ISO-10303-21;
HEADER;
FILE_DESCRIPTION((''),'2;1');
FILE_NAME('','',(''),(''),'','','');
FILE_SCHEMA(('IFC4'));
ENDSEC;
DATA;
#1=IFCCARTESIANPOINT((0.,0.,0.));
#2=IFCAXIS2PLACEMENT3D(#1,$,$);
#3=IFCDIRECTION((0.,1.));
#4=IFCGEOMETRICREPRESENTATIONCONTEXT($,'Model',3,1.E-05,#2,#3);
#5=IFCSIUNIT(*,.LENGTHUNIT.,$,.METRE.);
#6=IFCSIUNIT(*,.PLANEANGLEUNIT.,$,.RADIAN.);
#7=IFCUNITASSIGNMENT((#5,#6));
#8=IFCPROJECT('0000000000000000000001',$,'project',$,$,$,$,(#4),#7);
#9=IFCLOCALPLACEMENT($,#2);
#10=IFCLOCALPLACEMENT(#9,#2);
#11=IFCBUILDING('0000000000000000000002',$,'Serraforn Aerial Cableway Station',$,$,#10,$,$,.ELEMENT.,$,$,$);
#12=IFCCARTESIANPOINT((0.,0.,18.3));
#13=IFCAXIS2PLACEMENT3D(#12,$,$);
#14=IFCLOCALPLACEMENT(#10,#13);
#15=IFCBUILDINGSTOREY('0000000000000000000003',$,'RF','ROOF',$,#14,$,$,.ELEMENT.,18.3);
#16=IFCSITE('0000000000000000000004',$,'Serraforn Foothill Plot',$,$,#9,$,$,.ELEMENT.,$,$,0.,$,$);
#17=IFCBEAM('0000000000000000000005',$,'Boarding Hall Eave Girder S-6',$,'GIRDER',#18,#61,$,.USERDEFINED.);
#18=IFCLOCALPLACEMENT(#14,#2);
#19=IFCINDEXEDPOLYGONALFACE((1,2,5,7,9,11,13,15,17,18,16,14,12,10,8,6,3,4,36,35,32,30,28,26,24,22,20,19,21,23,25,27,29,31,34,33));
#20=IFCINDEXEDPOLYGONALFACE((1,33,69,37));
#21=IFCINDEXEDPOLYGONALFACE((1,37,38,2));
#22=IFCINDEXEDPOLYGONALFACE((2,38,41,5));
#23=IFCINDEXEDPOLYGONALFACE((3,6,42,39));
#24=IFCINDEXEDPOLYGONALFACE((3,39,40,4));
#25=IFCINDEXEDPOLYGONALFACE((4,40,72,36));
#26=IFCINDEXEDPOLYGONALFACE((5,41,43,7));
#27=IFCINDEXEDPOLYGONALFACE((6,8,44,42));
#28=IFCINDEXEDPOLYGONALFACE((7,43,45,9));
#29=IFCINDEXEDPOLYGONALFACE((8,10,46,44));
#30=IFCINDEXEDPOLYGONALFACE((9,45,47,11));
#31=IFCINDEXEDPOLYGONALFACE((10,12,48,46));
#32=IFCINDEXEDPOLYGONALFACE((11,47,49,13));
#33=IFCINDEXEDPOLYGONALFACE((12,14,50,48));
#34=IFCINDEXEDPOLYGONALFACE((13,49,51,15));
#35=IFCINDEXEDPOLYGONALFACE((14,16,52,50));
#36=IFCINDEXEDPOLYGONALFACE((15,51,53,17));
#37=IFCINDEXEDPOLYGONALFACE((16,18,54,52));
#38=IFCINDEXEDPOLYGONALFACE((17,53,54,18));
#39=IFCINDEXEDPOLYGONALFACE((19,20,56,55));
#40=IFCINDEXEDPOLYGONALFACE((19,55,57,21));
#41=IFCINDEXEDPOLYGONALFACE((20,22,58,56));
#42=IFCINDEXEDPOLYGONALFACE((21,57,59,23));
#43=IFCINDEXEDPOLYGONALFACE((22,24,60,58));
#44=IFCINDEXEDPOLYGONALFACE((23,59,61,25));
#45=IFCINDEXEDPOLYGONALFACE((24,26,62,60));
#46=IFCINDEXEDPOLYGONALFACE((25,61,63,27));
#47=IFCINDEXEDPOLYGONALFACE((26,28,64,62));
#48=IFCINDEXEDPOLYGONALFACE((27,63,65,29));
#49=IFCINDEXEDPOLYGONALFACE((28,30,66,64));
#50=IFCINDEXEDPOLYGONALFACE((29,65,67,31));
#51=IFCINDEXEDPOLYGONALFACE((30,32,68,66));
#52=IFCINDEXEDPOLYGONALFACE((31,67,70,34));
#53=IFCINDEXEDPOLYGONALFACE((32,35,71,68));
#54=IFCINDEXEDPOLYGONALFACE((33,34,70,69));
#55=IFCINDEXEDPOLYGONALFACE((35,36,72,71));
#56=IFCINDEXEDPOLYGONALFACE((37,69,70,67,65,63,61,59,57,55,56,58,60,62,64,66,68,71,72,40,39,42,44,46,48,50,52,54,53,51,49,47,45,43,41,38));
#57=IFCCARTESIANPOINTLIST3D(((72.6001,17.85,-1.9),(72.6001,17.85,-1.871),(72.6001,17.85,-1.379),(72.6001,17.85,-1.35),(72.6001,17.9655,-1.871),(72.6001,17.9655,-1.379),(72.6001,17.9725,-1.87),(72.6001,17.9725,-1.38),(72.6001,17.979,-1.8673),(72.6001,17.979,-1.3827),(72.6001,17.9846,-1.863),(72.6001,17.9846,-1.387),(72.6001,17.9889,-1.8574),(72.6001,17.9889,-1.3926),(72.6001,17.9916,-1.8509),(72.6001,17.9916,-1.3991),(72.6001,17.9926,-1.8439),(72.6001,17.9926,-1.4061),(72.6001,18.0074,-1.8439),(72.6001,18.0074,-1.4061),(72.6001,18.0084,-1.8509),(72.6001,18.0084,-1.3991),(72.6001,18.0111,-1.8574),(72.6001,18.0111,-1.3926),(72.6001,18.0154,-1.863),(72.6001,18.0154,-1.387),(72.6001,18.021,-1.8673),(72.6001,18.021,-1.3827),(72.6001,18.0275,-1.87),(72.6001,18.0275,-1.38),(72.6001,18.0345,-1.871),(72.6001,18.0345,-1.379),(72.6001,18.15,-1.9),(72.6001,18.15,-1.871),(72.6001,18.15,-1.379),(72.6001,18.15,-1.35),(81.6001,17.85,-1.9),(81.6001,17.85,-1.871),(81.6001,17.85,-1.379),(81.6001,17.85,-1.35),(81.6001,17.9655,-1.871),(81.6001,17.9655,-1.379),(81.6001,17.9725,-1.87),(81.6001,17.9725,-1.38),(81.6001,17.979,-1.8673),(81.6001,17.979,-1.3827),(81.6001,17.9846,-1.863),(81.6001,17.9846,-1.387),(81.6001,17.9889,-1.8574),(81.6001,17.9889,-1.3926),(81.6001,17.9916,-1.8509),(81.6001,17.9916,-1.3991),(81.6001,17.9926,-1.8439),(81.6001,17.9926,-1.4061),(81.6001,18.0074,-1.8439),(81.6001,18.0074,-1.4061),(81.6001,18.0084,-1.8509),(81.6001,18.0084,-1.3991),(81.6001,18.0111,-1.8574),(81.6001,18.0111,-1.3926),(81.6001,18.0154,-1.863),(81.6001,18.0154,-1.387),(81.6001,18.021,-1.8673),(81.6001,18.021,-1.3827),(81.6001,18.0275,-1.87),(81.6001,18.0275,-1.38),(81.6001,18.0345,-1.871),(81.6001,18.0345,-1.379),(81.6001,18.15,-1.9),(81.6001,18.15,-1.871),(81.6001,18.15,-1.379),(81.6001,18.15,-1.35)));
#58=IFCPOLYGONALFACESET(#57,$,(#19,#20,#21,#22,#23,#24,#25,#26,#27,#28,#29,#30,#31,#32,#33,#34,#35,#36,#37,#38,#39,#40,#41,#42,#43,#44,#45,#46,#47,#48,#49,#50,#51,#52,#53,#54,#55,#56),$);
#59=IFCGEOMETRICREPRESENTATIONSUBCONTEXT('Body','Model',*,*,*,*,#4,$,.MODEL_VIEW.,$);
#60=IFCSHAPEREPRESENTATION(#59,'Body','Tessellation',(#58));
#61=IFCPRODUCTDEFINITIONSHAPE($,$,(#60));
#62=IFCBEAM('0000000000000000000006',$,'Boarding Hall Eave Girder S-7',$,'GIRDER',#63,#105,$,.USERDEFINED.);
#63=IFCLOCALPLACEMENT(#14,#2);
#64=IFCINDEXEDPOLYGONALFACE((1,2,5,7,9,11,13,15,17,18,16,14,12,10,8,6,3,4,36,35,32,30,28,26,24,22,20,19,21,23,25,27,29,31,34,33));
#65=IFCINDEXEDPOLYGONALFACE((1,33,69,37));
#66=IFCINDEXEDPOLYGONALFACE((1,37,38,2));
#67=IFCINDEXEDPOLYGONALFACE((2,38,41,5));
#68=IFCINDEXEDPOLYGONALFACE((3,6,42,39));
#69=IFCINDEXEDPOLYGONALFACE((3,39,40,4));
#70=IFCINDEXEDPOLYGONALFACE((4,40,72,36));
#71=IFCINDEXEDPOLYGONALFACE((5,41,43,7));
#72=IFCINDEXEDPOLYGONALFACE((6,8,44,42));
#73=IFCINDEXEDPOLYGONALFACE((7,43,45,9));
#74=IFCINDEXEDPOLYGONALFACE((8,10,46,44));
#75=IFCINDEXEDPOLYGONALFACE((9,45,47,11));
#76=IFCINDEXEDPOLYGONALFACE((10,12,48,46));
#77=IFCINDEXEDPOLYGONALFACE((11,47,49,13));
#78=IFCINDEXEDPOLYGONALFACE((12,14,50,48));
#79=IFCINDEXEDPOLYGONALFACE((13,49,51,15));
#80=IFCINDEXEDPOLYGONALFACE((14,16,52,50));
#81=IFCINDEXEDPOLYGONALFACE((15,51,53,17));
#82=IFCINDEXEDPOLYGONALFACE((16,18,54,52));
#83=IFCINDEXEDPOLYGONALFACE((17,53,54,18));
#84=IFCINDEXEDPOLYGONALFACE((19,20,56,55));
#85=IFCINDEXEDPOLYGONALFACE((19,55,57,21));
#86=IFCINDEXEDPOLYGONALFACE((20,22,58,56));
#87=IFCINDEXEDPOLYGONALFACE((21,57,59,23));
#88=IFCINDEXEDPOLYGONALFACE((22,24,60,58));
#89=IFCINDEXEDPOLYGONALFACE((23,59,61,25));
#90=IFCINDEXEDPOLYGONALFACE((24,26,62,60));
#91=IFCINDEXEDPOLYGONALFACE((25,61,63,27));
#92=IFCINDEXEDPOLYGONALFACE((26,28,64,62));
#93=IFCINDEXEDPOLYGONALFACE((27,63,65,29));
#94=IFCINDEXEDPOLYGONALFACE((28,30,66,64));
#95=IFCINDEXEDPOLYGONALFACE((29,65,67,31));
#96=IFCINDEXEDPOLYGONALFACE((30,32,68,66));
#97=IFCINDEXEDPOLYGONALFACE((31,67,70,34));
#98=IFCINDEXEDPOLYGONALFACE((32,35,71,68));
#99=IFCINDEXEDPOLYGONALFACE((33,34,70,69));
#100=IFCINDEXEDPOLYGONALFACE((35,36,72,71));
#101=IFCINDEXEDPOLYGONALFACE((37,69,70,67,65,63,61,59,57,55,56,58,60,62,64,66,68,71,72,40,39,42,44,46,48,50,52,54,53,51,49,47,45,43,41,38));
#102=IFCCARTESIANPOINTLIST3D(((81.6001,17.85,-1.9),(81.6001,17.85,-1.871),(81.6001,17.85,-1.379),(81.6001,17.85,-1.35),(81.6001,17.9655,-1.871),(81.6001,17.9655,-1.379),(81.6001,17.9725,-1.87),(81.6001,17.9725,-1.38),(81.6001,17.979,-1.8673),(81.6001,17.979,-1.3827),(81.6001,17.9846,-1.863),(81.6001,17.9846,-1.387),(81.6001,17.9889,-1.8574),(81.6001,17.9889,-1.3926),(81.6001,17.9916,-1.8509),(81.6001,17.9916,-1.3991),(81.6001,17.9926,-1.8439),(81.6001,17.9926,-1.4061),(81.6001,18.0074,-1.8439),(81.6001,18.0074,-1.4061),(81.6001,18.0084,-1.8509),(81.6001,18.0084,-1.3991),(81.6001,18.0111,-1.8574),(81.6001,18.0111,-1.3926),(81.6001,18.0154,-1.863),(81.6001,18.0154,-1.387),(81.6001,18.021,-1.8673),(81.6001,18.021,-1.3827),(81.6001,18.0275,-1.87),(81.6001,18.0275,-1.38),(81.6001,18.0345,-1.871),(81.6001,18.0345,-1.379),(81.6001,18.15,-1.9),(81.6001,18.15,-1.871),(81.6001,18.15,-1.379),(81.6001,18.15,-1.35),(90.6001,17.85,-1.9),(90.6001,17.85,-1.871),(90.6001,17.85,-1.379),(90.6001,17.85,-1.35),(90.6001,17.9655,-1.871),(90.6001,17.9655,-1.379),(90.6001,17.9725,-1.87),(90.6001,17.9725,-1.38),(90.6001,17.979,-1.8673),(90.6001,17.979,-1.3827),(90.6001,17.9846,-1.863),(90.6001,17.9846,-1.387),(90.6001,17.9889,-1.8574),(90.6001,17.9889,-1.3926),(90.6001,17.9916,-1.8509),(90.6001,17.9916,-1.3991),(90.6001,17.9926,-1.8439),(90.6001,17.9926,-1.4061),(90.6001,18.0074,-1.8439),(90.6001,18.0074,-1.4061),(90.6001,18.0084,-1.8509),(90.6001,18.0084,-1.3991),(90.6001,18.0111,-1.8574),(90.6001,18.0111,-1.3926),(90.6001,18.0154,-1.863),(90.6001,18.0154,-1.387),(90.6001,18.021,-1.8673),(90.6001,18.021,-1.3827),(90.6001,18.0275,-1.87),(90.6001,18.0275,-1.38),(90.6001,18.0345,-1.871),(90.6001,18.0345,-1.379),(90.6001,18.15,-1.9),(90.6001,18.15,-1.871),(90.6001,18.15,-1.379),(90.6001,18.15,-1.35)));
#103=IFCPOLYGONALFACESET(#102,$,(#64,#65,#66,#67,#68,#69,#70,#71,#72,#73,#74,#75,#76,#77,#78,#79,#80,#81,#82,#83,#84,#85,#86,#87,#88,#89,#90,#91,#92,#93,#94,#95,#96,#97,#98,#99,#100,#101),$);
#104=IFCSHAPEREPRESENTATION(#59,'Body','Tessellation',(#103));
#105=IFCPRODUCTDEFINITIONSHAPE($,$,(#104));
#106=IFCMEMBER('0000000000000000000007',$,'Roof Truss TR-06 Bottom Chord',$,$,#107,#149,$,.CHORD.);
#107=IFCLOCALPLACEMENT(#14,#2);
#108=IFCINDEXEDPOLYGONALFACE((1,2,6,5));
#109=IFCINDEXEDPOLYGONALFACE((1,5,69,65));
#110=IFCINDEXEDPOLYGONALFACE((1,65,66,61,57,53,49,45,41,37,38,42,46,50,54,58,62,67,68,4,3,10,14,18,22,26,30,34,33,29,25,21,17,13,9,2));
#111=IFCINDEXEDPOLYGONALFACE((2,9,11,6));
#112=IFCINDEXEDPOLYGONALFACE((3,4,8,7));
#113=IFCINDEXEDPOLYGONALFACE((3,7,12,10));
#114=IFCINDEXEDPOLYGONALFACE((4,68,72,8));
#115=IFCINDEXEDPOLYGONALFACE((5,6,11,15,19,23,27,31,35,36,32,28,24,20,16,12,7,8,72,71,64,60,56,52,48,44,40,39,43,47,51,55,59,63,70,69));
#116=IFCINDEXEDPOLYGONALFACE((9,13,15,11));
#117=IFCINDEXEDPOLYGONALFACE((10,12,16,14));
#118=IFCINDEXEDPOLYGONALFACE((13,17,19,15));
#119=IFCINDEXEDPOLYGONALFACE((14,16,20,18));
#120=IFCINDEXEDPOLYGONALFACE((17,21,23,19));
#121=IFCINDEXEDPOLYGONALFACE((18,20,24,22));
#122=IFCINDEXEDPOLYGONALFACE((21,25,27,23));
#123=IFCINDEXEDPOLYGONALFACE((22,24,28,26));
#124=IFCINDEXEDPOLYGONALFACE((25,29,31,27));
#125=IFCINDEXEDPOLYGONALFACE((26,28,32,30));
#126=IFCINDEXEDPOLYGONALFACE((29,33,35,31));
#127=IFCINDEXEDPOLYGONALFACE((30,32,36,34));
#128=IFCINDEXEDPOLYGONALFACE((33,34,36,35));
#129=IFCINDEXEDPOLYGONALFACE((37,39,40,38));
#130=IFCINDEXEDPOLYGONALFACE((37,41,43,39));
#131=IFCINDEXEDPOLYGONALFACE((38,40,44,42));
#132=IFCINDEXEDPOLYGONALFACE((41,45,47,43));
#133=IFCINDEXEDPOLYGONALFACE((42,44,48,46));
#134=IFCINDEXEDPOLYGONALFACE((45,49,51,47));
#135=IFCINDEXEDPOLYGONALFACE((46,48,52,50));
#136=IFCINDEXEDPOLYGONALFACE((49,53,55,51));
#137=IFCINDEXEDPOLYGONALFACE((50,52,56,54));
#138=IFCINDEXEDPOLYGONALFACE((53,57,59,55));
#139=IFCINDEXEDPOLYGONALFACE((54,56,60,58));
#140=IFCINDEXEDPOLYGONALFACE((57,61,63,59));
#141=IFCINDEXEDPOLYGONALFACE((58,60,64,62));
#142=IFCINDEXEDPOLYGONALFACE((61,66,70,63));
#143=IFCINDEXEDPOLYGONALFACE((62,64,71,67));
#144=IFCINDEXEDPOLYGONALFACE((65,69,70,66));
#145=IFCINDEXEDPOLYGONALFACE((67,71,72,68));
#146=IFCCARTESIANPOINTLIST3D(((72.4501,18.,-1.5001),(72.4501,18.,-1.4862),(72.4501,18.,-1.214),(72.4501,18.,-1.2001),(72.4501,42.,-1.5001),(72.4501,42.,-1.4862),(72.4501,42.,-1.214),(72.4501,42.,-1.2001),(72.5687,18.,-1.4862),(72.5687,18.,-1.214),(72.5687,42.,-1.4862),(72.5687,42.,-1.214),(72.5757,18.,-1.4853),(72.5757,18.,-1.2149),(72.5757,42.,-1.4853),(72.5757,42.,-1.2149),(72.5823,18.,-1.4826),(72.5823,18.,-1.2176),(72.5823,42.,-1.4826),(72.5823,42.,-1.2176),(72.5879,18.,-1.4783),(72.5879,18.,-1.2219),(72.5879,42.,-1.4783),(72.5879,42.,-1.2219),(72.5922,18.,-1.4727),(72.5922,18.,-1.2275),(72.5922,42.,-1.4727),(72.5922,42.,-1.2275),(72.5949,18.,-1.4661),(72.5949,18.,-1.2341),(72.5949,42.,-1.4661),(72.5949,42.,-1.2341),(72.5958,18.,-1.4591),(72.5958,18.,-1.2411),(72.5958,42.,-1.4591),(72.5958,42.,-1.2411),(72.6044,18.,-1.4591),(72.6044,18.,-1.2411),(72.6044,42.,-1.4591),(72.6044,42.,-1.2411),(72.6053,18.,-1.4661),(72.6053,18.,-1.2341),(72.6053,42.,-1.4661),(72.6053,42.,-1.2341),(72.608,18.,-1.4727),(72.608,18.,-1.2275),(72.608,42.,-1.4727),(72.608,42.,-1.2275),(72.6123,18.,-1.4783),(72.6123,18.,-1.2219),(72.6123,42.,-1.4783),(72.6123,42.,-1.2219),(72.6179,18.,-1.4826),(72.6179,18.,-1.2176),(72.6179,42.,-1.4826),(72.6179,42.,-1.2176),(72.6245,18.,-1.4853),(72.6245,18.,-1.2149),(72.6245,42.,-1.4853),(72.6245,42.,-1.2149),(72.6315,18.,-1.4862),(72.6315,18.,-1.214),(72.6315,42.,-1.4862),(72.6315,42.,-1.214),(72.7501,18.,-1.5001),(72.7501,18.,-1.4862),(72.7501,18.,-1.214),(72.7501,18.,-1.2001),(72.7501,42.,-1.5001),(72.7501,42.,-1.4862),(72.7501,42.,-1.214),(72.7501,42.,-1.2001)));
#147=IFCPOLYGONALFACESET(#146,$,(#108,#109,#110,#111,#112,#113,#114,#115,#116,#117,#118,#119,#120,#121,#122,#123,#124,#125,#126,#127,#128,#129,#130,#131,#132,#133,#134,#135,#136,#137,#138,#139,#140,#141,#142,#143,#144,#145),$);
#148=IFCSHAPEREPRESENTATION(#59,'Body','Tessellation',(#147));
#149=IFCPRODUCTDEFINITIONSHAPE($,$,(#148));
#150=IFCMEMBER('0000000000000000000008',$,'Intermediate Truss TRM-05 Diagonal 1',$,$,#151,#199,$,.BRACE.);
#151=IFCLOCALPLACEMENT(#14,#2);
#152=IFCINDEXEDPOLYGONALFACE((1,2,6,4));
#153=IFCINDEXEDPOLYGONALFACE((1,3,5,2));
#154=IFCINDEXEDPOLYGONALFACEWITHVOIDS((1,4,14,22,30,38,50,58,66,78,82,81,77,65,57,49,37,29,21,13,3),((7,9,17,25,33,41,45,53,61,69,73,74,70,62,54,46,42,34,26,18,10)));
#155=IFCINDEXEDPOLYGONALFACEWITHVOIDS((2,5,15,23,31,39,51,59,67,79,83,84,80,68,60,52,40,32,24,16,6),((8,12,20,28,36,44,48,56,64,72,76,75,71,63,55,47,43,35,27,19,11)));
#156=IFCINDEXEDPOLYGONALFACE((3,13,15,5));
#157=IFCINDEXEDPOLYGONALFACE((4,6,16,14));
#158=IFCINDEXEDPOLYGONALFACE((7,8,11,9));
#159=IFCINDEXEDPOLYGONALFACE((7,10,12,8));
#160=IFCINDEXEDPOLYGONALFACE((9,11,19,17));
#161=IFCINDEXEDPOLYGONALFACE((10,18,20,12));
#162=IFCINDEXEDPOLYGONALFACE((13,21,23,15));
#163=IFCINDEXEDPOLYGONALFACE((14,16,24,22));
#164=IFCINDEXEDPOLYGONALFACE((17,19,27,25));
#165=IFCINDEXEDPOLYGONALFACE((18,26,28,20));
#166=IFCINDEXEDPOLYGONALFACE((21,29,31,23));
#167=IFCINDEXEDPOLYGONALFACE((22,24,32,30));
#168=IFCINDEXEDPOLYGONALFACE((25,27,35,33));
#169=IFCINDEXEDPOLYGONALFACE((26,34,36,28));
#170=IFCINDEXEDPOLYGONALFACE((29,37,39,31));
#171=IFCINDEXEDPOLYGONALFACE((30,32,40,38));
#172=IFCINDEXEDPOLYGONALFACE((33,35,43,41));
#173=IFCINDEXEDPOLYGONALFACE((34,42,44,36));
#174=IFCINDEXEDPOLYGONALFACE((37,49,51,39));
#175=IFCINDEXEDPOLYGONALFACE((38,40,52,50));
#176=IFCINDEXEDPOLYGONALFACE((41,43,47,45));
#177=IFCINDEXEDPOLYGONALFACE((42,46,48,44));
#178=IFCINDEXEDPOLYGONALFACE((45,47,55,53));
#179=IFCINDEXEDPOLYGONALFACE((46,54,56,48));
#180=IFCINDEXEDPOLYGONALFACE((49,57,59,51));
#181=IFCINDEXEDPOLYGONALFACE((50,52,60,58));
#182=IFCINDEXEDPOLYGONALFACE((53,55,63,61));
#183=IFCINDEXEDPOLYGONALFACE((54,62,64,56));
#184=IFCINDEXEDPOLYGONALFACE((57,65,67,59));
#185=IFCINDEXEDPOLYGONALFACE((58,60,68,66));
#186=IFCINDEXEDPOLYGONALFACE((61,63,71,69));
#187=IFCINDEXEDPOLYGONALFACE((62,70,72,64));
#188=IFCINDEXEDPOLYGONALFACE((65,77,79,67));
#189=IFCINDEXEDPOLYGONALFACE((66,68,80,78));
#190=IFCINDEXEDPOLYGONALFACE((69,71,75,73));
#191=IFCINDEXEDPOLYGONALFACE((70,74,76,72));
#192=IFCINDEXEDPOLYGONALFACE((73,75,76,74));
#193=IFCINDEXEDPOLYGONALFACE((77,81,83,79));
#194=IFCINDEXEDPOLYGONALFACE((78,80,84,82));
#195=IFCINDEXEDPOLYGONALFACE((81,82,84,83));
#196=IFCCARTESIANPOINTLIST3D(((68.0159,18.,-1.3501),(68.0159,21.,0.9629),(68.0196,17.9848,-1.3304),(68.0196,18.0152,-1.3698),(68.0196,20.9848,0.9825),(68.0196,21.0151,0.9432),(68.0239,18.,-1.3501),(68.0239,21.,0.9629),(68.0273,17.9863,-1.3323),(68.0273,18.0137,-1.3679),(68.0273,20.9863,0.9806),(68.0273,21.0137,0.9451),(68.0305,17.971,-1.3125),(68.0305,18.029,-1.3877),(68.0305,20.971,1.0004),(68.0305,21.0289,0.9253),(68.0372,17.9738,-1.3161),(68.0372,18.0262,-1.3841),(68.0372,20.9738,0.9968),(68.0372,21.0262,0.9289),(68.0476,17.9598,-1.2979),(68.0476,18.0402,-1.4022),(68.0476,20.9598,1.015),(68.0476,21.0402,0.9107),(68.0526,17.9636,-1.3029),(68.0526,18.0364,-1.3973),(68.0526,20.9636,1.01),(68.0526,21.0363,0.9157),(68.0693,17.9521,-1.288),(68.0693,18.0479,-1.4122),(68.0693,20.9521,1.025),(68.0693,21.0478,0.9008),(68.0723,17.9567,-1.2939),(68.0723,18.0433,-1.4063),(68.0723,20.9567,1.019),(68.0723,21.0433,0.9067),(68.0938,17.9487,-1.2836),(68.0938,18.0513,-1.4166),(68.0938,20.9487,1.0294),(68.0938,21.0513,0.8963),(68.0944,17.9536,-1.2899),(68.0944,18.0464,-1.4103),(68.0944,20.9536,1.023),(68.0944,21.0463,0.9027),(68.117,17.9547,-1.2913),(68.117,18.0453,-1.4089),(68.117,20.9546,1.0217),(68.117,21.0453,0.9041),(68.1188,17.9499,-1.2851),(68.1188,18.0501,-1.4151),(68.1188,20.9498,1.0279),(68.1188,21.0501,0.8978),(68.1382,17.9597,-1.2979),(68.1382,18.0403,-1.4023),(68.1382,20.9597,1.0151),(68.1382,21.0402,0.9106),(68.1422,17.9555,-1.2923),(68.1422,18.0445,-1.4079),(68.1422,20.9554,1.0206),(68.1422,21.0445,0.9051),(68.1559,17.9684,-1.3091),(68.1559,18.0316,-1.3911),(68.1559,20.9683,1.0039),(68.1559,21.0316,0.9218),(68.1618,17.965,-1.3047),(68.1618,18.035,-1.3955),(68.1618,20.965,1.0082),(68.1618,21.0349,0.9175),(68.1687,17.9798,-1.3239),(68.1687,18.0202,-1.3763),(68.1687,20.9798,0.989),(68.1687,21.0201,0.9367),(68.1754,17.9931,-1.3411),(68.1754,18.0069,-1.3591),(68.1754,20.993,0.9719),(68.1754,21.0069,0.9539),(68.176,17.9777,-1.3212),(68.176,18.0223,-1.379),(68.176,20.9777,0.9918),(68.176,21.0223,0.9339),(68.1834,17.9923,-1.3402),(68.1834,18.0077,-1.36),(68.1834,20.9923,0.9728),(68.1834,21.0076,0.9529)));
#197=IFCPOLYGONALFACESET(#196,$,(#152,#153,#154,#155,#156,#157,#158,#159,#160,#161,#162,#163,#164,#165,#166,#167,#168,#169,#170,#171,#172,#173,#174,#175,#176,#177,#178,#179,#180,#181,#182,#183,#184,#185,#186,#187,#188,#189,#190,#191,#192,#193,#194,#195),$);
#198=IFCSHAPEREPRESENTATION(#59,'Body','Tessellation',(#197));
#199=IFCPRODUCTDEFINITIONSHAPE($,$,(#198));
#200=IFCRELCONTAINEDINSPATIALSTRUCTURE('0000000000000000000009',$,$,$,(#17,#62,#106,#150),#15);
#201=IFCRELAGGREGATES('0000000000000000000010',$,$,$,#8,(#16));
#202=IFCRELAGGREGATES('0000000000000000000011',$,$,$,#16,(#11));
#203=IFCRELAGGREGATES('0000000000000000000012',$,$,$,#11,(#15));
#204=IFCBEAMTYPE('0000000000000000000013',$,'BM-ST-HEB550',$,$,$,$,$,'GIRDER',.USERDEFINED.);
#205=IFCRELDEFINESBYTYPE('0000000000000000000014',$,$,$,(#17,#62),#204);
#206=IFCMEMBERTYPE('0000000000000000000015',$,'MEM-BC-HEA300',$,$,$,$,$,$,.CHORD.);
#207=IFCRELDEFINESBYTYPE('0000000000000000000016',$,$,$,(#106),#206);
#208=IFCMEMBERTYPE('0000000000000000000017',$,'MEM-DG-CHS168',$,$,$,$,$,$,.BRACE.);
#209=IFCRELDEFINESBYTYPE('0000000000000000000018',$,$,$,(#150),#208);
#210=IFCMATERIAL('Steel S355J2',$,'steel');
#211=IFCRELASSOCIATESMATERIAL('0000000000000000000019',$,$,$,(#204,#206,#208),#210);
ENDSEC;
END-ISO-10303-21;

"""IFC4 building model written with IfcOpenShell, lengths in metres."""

from ifc_helpers import new_model, si_unit, direction, frame, origin, origin_2d, place, context, subcontext, project, spatial, hollow_circle, i_section, extrude, material, material_profile, profile_set, type_object, element, save


model = new_model("IFC4")

# Units and contexts
model_context = context("Model", 3, precision=1e-05, world=origin(), true_north=direction((0.0, 1.0)))
body_context = subcontext(model_context, "Body", "Model", "MODEL_VIEW")
ifc_project = project(units=[si_unit("LENGTHUNIT", "METRE"), si_unit("PLANEANGLEUNIT", "RADIAN")], contexts=[model_context])

# Site, building, storey
site_placement = place(None, origin())
site = spatial("IfcSite", under=ifc_project, at=site_placement, Name="Serraforn Foothill Plot", CompositionType="ELEMENT", RefElevation=0.0)
building_placement = place(site_placement, origin())
building = spatial("IfcBuilding", under=site, at=building_placement, Name="Serraforn Aerial Cableway Station", CompositionType="ELEMENT")
storey_placement = place(building_placement, frame((0.0, 0.0, 18.3)))
storey = spatial("IfcBuildingStorey", under=building, at=storey_placement, Name="RF", Description="ROOF", CompositionType="ELEMENT", Elevation=18.3)

# Beams
ifc_material_1 = material(Name="Steel S355J2", Category="steel")
ifc_material_profile_1 = material_profile(ifc_material_1, i_section(OverallWidth=0.3, OverallDepth=0.55, WebThickness=0.0149, FlangeThickness=0.0291, FilletRadius=0.0271, at=origin_2d()), Name="HEB 550")
ifc_profile_set_1 = profile_set([ifc_material_profile_1], Name="Steel S355J2")
beam_type = type_object("IfcBeamType", Name="BM-ST-HEB550", ElementType="GIRDER", PredefinedType="USERDEFINED", material=ifc_profile_set_1)
for number, where, z_axis, x_axis, name in (
    (1, (72.6001, 18.0, -1.625), (1.0, 0.0, 0.0), (0.0, 1.0, 0.0), "Boarding Hall Eave Girder S-6"),
    (2, (81.6001, 18.0, -1.625), (1.0, 0.0, 0.0), (0.0, 1.0, 0.0), "Boarding Hall Eave Girder S-7"),
):
    element("IfcBeam", number, at=place(storey_placement, frame(where, z_axis=z_axis, x_axis=x_axis)), inside=storey, type_object=beam_type, Name=name, ObjectType="GIRDER", PredefinedType="USERDEFINED", context=body_context, shape_type="SweptSolid", body=[
        extrude(i_section(OverallWidth=0.3, OverallDepth=0.55, WebThickness=0.0149, FlangeThickness=0.0291, FilletRadius=0.0271, at=origin_2d()), origin(), (0.0, 0.0, 1.0), 9.0),
    ])

# Members
ifc_material_profile_2 = material_profile(ifc_material_1, i_section(OverallWidth=0.3, OverallDepth=0.3, WebThickness=0.0085, FlangeThickness=0.0139, FilletRadius=0.0271, at=origin_2d()), Name="HEA 300")
ifc_profile_set_2 = profile_set([ifc_material_profile_2], Name="Steel S355J2")
member_type_1 = type_object("IfcMemberType", Name="MEM-BC-HEA300", PredefinedType="CHORD", material=ifc_profile_set_2)
member_1_placement = place(storey_placement, frame((72.6001, 18.0, -1.3501), z_axis=(0.0, 1.0, 0.0), x_axis=(-1.0, 0.0, 0.0)))
element("IfcMember", 3, at=member_1_placement, inside=storey, type_object=member_type_1, Name="Roof Truss TR-06 Bottom Chord", PredefinedType="CHORD", context=body_context, shape_type="SweptSolid", body=[
    extrude(i_section(OverallWidth=0.3, OverallDepth=0.3, WebThickness=0.0085, FlangeThickness=0.0139, FilletRadius=0.0271, at=origin_2d()), origin(), (0.0, 0.0, 1.0), 24.0),
])
ifc_material_profile_3 = material_profile(ifc_material_1, hollow_circle(Radius=0.0842, WallThickness=0.0081, at=origin_2d()), Name="CHS 168.3x8.0")
ifc_profile_set_3 = profile_set([ifc_material_profile_3], Name="Steel S355J2")
member_type_2 = type_object("IfcMemberType", Name="MEM-DG-CHS168", PredefinedType="BRACE", material=ifc_profile_set_3)
member_2_placement = place(storey_placement, frame((68.1001, 18.0, -1.3501), z_axis=(0.0, 0.791948, 0.610589), x_axis=(-1.0, 0.0, 0.0)))
element("IfcMember", 4, at=member_2_placement, inside=storey, type_object=member_type_2, Name="Intermediate Truss TRM-05 Diagonal 1", PredefinedType="BRACE", context=body_context, shape_type="SweptSolid", body=[
    extrude(hollow_circle(Radius=0.0842, WallThickness=0.0081, at=origin_2d()), origin(), (0.0, 0.0, 1.0), 3.7881),
])

save(model, "model.ifc")
